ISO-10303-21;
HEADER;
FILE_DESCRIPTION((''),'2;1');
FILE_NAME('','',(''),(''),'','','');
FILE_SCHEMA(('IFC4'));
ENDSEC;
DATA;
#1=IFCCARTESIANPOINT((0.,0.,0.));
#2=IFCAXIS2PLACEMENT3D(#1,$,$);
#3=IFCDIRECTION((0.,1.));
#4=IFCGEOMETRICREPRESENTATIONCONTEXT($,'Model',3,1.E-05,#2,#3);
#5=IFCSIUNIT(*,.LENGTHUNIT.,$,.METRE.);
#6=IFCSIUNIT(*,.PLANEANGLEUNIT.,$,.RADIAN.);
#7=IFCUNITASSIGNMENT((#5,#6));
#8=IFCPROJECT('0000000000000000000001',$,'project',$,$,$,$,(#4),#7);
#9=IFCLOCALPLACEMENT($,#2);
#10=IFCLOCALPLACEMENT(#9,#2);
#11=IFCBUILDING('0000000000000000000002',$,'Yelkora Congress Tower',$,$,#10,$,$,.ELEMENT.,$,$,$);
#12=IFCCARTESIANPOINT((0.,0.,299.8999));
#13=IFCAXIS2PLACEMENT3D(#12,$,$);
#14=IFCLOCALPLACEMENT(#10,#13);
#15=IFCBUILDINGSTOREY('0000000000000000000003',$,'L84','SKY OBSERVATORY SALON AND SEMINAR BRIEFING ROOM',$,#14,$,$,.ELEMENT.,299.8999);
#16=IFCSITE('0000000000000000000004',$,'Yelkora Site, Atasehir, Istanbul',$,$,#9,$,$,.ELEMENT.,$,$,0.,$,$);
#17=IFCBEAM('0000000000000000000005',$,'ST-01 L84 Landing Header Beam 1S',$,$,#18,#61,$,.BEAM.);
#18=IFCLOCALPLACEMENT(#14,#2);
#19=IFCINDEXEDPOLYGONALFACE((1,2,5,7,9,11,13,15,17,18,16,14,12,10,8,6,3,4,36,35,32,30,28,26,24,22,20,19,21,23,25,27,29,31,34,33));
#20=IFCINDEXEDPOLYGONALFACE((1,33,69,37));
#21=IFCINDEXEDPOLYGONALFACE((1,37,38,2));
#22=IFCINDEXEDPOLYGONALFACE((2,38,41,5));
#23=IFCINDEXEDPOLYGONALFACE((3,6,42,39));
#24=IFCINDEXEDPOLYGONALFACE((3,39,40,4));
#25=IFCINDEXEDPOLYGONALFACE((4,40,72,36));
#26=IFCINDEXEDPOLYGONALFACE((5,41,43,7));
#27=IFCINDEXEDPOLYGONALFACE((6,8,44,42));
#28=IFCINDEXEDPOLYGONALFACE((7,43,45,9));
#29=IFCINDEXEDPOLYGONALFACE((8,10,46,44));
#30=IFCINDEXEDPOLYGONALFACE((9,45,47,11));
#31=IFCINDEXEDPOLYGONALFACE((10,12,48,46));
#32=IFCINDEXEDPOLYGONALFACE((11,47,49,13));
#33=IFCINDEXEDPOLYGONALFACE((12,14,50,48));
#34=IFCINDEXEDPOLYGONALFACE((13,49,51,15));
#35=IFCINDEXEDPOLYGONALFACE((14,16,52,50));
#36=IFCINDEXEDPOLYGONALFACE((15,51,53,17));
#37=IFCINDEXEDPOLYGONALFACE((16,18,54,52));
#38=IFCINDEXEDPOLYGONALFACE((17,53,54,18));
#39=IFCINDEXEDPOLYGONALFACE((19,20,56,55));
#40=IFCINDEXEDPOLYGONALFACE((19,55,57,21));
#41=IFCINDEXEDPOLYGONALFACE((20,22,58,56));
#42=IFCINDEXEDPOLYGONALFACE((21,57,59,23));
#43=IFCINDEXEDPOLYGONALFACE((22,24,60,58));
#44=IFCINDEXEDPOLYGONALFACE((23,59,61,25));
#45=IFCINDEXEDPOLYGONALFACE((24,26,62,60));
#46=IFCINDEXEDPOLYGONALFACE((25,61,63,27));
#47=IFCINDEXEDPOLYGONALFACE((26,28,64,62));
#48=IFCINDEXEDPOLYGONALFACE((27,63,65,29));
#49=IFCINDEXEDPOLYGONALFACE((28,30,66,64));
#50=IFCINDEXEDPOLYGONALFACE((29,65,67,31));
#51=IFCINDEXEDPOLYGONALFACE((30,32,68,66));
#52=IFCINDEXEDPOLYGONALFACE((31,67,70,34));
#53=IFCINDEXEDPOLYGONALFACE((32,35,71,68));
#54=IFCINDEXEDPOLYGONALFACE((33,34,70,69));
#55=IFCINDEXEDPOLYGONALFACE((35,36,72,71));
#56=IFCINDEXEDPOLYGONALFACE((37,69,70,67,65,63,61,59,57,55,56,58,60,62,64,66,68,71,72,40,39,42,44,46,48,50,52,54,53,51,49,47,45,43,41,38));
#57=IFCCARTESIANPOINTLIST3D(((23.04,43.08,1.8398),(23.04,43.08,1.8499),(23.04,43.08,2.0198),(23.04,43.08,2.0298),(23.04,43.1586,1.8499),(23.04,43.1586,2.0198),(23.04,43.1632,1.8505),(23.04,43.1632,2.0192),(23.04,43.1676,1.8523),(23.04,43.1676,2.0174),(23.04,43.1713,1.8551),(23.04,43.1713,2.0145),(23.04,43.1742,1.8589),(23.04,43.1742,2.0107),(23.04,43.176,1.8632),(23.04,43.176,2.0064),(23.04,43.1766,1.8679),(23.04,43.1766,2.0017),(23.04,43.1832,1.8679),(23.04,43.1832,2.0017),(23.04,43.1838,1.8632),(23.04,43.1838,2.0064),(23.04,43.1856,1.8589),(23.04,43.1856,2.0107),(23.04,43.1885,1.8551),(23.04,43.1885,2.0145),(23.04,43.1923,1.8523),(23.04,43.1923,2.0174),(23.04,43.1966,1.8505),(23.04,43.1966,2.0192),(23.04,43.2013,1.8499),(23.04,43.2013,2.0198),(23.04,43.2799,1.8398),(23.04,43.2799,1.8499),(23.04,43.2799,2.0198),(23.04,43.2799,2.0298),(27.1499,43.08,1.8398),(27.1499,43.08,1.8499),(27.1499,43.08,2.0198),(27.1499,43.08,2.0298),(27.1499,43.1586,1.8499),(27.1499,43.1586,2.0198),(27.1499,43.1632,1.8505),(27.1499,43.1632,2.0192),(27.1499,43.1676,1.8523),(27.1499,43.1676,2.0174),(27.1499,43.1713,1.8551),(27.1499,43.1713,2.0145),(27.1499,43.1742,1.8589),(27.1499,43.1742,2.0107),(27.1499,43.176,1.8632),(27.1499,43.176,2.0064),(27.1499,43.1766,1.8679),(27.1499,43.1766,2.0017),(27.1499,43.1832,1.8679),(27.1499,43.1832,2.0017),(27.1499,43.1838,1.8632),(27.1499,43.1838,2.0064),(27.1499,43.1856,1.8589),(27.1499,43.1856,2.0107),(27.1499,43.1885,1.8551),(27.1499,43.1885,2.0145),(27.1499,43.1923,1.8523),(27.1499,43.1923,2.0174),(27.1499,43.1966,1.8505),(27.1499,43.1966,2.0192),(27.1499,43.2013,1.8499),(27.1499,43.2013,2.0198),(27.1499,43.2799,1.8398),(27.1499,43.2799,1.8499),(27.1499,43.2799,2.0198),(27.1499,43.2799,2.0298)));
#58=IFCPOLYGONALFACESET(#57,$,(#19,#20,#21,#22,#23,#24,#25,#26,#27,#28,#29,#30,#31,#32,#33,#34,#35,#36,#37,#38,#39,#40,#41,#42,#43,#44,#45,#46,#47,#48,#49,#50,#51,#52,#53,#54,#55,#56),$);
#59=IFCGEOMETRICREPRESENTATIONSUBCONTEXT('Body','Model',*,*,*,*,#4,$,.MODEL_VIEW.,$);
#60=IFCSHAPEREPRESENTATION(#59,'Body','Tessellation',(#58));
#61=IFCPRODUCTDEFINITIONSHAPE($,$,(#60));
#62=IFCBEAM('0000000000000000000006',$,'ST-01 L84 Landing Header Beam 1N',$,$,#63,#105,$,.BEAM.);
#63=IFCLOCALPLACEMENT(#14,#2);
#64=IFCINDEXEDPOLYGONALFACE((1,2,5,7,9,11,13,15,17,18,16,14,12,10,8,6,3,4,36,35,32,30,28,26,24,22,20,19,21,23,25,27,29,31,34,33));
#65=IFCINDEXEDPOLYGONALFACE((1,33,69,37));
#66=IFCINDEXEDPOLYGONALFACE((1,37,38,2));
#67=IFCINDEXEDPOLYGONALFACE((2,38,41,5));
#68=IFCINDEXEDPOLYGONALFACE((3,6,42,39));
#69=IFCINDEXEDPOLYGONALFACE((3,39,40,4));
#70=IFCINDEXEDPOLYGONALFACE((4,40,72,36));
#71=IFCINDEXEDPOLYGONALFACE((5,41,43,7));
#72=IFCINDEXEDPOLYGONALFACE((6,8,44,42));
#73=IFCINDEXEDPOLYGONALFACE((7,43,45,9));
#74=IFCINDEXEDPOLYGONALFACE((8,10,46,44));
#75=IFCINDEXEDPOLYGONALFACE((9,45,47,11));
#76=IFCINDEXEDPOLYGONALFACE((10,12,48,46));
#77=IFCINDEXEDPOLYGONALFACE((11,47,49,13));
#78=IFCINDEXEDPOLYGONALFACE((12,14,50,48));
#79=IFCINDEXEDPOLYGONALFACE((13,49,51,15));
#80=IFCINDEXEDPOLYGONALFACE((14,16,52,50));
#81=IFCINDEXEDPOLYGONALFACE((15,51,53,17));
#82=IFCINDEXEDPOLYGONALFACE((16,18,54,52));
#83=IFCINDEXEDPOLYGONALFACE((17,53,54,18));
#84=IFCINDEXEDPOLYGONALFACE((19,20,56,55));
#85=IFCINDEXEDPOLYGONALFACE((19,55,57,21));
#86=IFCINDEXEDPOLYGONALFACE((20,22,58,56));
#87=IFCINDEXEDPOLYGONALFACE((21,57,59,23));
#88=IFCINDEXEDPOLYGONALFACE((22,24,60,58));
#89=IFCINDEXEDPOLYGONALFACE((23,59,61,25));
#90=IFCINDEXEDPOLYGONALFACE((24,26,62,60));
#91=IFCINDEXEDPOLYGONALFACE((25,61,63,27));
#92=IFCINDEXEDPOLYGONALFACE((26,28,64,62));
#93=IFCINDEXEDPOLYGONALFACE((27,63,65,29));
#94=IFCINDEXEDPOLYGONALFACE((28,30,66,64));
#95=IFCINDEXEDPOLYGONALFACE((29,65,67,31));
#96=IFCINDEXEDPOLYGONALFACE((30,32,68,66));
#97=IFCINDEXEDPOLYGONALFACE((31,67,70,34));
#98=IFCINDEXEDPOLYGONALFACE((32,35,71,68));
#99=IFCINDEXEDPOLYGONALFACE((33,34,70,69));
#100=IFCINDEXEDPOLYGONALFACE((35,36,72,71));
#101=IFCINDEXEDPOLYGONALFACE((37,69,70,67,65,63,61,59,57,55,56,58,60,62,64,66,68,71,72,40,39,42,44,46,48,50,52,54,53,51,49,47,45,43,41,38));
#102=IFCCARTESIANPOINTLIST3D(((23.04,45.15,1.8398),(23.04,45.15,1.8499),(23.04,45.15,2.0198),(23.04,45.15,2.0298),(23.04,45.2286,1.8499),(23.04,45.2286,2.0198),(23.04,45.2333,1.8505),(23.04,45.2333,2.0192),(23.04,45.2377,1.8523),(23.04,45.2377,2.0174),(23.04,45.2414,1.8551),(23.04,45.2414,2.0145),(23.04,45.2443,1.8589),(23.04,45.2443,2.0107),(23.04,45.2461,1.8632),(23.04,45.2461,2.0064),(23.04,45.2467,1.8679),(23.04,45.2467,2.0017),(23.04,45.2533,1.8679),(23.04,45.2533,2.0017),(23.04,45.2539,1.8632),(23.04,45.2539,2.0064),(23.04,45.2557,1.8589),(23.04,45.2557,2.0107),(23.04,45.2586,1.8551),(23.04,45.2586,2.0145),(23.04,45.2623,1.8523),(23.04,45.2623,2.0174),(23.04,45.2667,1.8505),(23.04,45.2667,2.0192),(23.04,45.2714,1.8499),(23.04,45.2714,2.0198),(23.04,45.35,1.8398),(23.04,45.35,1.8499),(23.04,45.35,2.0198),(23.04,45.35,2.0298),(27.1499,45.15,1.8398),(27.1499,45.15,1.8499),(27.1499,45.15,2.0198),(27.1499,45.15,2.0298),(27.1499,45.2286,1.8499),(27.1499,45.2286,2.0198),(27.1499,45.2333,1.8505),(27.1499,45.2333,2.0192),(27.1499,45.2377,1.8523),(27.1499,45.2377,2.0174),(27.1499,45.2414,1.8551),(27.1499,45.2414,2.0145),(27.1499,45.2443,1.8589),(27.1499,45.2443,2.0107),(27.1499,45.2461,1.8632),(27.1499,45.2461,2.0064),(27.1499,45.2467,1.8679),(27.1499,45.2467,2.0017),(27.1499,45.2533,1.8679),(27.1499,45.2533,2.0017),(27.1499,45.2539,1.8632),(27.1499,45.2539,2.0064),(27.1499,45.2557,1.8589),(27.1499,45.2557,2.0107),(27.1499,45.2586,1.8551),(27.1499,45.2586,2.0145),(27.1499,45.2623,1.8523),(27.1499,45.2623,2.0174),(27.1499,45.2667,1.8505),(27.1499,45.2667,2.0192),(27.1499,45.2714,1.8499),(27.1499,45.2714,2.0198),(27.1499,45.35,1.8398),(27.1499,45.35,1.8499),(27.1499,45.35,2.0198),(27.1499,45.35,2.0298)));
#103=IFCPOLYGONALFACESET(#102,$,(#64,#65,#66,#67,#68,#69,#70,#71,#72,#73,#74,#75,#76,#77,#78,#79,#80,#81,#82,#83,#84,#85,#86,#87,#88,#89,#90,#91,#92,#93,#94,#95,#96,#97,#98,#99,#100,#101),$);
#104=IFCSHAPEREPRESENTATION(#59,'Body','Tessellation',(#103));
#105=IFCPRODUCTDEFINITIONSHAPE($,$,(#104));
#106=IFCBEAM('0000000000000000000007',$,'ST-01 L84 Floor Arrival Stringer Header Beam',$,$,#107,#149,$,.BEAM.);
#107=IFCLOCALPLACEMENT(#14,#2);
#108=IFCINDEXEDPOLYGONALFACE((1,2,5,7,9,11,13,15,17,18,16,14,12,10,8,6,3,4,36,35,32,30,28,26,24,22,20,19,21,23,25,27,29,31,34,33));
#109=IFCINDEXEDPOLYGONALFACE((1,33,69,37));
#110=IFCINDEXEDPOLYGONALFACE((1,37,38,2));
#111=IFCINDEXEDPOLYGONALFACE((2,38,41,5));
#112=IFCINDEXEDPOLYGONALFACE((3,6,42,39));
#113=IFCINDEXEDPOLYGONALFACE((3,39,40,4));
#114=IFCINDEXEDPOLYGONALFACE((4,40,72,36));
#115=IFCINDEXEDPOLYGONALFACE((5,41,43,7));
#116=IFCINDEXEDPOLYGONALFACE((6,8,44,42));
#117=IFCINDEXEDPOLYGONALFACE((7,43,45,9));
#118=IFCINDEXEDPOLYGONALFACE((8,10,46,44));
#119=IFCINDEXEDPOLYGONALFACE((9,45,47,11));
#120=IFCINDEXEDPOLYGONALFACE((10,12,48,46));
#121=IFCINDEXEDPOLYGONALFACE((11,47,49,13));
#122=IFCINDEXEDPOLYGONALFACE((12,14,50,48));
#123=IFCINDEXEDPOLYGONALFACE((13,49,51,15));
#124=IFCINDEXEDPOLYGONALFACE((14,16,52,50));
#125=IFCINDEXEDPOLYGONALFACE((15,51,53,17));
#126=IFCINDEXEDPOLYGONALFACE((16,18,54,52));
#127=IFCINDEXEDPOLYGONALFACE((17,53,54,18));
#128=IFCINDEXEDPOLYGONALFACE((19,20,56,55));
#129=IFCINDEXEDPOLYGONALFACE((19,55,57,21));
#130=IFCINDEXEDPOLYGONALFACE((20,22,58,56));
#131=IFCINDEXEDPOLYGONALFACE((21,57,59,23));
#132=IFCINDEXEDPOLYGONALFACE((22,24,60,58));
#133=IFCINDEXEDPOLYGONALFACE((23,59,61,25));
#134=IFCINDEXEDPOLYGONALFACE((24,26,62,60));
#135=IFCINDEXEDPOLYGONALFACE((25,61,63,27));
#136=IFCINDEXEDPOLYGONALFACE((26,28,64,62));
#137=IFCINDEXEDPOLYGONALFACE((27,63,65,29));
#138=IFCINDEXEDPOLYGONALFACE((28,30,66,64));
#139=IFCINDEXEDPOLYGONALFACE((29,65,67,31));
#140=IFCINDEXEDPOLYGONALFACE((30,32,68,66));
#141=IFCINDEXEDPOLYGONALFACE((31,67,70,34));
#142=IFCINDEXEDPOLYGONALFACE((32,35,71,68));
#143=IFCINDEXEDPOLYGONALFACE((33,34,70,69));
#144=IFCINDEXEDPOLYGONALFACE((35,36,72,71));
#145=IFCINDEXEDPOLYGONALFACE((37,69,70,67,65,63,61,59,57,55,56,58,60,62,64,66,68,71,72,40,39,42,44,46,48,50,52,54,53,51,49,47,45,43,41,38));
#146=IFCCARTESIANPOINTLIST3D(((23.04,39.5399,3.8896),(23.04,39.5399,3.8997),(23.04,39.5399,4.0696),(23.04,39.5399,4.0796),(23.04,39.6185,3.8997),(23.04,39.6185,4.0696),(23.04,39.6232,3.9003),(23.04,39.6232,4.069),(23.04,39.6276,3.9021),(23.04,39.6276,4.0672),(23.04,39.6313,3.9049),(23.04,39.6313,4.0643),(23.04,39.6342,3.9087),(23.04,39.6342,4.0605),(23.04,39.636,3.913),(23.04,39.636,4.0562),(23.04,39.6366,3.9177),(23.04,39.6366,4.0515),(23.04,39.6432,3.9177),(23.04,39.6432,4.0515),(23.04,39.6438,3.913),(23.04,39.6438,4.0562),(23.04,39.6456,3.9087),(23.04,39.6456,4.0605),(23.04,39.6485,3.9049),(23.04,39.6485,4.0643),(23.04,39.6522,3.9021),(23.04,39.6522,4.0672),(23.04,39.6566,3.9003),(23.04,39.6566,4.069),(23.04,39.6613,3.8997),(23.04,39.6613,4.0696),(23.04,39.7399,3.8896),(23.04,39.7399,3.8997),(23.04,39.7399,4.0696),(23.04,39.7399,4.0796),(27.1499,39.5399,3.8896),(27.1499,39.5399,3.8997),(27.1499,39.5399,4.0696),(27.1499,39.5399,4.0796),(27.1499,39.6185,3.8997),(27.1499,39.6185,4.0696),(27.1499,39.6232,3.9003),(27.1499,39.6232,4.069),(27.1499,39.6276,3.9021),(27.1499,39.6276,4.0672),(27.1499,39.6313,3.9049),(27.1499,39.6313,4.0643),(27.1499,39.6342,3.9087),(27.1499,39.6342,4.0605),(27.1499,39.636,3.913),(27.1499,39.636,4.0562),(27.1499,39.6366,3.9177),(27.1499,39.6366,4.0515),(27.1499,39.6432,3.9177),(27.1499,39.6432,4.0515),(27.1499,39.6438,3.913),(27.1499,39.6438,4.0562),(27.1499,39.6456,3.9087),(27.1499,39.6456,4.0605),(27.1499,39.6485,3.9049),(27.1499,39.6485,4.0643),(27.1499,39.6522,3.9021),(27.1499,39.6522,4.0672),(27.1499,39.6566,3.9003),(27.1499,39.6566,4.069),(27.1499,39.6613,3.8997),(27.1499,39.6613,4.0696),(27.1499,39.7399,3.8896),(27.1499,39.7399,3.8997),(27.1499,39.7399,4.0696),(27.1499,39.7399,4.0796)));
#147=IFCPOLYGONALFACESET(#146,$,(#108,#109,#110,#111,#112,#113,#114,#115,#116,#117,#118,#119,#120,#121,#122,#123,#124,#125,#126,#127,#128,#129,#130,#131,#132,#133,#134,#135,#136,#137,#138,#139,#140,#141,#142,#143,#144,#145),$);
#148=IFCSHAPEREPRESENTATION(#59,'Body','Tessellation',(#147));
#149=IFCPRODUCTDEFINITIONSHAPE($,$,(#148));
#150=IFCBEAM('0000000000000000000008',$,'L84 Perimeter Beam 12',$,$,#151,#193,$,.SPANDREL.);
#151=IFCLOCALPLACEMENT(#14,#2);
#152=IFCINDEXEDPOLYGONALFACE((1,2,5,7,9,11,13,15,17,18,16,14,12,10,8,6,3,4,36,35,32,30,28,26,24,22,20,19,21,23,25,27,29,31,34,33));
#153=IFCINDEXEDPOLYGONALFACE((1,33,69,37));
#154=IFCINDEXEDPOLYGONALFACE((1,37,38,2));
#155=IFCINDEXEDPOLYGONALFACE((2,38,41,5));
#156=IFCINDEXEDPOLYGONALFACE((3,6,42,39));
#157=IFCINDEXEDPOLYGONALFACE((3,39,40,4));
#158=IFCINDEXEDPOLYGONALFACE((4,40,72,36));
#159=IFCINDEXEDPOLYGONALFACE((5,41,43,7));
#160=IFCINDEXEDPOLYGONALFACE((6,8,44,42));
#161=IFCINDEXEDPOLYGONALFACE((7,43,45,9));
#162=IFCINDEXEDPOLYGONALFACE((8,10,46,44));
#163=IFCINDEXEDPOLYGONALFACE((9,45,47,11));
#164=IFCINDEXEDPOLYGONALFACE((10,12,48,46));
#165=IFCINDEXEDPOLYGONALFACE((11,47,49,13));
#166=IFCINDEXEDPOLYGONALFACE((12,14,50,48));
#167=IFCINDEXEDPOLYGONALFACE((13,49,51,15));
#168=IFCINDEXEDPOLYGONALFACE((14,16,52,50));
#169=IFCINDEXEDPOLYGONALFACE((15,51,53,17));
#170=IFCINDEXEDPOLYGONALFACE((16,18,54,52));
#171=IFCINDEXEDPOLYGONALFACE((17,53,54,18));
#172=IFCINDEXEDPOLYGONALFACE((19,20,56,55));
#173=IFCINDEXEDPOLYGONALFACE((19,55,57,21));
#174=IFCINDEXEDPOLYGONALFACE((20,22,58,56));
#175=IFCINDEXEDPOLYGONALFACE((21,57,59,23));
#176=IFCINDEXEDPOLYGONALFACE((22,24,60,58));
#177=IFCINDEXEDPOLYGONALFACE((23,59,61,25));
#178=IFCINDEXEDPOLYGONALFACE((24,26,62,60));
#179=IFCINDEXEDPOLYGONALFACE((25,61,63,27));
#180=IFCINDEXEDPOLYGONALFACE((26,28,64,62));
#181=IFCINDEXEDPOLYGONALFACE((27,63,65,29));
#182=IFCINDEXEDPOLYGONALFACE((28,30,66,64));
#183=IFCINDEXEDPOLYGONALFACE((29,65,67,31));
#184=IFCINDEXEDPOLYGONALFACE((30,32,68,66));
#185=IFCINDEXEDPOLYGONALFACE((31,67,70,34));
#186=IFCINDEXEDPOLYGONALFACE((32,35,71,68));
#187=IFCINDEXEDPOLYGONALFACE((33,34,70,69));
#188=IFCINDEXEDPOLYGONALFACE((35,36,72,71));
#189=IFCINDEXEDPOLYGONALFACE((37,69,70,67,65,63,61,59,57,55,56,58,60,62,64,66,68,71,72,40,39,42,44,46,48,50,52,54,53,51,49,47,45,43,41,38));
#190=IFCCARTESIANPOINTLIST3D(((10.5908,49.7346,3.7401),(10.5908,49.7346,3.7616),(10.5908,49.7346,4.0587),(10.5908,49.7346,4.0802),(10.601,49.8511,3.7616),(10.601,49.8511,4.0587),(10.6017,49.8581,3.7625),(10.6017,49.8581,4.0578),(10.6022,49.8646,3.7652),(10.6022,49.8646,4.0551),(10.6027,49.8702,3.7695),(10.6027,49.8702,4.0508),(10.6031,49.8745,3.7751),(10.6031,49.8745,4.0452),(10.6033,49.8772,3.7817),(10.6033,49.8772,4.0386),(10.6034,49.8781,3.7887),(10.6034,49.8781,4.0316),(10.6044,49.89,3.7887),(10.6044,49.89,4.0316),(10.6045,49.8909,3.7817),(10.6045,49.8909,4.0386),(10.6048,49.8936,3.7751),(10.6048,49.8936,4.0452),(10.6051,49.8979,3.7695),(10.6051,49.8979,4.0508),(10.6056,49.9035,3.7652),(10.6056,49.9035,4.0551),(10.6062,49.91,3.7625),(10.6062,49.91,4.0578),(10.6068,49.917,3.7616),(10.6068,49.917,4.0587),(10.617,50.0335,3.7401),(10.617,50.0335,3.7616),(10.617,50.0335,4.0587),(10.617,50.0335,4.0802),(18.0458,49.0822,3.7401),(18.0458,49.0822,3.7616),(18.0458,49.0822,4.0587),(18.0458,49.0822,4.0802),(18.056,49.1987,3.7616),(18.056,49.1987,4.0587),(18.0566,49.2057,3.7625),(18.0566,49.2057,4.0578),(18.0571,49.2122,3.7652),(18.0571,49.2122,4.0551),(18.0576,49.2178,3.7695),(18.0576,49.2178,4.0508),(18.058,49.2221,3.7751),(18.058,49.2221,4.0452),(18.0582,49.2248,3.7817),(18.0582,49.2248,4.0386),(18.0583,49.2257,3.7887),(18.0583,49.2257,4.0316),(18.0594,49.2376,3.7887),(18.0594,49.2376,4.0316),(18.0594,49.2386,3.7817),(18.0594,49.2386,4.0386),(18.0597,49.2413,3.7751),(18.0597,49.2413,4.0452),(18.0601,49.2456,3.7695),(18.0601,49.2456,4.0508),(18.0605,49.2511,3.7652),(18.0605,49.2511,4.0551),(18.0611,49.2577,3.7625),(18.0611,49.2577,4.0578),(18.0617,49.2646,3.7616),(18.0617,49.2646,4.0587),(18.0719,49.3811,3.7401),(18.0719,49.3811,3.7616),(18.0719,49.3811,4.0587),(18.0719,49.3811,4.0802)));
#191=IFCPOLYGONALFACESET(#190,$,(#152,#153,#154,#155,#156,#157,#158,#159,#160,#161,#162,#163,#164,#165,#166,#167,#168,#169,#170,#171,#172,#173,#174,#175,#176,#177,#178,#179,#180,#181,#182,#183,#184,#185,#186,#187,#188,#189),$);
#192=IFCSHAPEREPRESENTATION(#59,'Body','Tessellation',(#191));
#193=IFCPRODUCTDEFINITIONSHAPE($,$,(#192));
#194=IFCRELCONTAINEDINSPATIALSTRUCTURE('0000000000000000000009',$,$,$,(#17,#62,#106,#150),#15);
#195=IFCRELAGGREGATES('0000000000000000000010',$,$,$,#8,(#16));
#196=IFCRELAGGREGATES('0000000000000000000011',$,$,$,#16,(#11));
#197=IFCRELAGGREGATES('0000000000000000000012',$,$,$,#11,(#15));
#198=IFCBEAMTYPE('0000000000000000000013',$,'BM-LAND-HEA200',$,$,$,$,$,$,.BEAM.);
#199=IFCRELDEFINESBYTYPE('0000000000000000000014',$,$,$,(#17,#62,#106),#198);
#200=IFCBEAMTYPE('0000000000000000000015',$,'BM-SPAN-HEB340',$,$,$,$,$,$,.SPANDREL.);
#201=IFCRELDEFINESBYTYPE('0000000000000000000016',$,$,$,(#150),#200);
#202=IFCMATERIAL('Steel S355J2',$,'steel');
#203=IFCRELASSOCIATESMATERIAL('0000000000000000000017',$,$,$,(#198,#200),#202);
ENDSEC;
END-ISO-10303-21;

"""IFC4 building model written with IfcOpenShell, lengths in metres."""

from ifc_helpers import new_model, si_unit, direction, frame, origin, origin_2d, place, context, subcontext, project, spatial, i_section, extrude, material, material_profile, profile_set, type_object, element, save


model = new_model("IFC4")

# Units and contexts
model_context = context("Model", 3, precision=1e-05, world=origin(), true_north=direction((0.0, 1.0)))
body_context = subcontext(model_context, "Body", "Model", "MODEL_VIEW")
ifc_project = project(units=[si_unit("LENGTHUNIT", "METRE"), si_unit("PLANEANGLEUNIT", "RADIAN")], contexts=[model_context])

# Site, building, storey
site_placement = place(None, origin())
site = spatial("IfcSite", under=ifc_project, at=site_placement, Name="Yelkora Site, Atasehir, Istanbul", CompositionType="ELEMENT", RefElevation=0.0)
building_placement = place(site_placement, origin())
building = spatial("IfcBuilding", under=site, at=building_placement, Name="Yelkora Congress Tower", CompositionType="ELEMENT")
storey_placement = place(building_placement, frame((0.0, 0.0, 299.8999)))
storey = spatial("IfcBuildingStorey", under=building, at=storey_placement, Name="L84", Description="SKY OBSERVATORY SALON AND SEMINAR BRIEFING ROOM", CompositionType="ELEMENT", Elevation=299.8999)

# Shared definitions
ifc_material_1 = material(Name="Steel S355J2", Category="steel")

# Beams
ifc_material_profile_1 = material_profile(ifc_material_1, i_section(OverallWidth=0.2, OverallDepth=0.1899, WebThickness=0.0066, FlangeThickness=0.01, FilletRadius=0.0181, at=origin_2d()), Name="HEA 200")
ifc_profile_set_1 = profile_set([ifc_material_profile_1], Name="Steel S355J2")
beam_type_1 = type_object("IfcBeamType", Name="BM-LAND-HEA200", PredefinedType="BEAM", material=ifc_profile_set_1)
for number, where, z_axis, x_axis, name in (
    (1, (23.04, 43.1799, 1.9348), (1.0, 0.0, 0.0), (0.0, 1.0, 0.0), "ST-01 L84 Landing Header Beam 1S"),
    (2, (23.04, 45.25, 1.9348), (1.0, 0.0, 0.0), (0.0, 1.0, 0.0), "ST-01 L84 Landing Header Beam 1N"),
    (3, (23.04, 39.6399, 3.9846), (1.0, 0.0, 0.0), (0.0, 1.0, 0.0), "ST-01 L84 Floor Arrival Stringer Header Beam"),
):
    element("IfcBeam", number, at=place(storey_placement, frame(where, z_axis=z_axis, x_axis=x_axis)), inside=storey, type_object=beam_type_1, Name=name, PredefinedType="BEAM", context=body_context, shape_type="SweptSolid", body=[
        extrude(i_section(OverallWidth=0.2, OverallDepth=0.1899, WebThickness=0.0066, FlangeThickness=0.01, FilletRadius=0.0181, at=origin_2d()), origin(), (0.0, 0.0, 1.0), 4.1099),
    ])
ifc_material_profile_2 = material_profile(ifc_material_1, i_section(OverallWidth=0.3, OverallDepth=0.3401, WebThickness=0.012, FlangeThickness=0.0215, FilletRadius=0.0271, at=origin_2d()), Name="HEB 340")
ifc_profile_set_2 = profile_set([ifc_material_profile_2], Name="Steel S355J2")
beam_type_2 = type_object("IfcBeamType", Name="BM-SPAN-HEB340", PredefinedType="SPANDREL", material=ifc_profile_set_2)
beam_1_placement = place(storey_placement, frame((18.0588, 49.2317, 3.9102), z_axis=(-0.996193, 0.087173, 0.0), x_axis=(-0.087173, -0.996193, 0.0)))
element("IfcBeam", 4, at=beam_1_placement, inside=storey, type_object=beam_type_2, Name="L84 Perimeter Beam 12", PredefinedType="SPANDREL", context=body_context, shape_type="SweptSolid", body=[
    extrude(i_section(OverallWidth=0.3, OverallDepth=0.3401, WebThickness=0.012, FlangeThickness=0.0215, FilletRadius=0.0271, at=origin_2d()), origin(), (0.0, 0.0, 1.0), 7.4834),
])

save(model, "model.ifc")
